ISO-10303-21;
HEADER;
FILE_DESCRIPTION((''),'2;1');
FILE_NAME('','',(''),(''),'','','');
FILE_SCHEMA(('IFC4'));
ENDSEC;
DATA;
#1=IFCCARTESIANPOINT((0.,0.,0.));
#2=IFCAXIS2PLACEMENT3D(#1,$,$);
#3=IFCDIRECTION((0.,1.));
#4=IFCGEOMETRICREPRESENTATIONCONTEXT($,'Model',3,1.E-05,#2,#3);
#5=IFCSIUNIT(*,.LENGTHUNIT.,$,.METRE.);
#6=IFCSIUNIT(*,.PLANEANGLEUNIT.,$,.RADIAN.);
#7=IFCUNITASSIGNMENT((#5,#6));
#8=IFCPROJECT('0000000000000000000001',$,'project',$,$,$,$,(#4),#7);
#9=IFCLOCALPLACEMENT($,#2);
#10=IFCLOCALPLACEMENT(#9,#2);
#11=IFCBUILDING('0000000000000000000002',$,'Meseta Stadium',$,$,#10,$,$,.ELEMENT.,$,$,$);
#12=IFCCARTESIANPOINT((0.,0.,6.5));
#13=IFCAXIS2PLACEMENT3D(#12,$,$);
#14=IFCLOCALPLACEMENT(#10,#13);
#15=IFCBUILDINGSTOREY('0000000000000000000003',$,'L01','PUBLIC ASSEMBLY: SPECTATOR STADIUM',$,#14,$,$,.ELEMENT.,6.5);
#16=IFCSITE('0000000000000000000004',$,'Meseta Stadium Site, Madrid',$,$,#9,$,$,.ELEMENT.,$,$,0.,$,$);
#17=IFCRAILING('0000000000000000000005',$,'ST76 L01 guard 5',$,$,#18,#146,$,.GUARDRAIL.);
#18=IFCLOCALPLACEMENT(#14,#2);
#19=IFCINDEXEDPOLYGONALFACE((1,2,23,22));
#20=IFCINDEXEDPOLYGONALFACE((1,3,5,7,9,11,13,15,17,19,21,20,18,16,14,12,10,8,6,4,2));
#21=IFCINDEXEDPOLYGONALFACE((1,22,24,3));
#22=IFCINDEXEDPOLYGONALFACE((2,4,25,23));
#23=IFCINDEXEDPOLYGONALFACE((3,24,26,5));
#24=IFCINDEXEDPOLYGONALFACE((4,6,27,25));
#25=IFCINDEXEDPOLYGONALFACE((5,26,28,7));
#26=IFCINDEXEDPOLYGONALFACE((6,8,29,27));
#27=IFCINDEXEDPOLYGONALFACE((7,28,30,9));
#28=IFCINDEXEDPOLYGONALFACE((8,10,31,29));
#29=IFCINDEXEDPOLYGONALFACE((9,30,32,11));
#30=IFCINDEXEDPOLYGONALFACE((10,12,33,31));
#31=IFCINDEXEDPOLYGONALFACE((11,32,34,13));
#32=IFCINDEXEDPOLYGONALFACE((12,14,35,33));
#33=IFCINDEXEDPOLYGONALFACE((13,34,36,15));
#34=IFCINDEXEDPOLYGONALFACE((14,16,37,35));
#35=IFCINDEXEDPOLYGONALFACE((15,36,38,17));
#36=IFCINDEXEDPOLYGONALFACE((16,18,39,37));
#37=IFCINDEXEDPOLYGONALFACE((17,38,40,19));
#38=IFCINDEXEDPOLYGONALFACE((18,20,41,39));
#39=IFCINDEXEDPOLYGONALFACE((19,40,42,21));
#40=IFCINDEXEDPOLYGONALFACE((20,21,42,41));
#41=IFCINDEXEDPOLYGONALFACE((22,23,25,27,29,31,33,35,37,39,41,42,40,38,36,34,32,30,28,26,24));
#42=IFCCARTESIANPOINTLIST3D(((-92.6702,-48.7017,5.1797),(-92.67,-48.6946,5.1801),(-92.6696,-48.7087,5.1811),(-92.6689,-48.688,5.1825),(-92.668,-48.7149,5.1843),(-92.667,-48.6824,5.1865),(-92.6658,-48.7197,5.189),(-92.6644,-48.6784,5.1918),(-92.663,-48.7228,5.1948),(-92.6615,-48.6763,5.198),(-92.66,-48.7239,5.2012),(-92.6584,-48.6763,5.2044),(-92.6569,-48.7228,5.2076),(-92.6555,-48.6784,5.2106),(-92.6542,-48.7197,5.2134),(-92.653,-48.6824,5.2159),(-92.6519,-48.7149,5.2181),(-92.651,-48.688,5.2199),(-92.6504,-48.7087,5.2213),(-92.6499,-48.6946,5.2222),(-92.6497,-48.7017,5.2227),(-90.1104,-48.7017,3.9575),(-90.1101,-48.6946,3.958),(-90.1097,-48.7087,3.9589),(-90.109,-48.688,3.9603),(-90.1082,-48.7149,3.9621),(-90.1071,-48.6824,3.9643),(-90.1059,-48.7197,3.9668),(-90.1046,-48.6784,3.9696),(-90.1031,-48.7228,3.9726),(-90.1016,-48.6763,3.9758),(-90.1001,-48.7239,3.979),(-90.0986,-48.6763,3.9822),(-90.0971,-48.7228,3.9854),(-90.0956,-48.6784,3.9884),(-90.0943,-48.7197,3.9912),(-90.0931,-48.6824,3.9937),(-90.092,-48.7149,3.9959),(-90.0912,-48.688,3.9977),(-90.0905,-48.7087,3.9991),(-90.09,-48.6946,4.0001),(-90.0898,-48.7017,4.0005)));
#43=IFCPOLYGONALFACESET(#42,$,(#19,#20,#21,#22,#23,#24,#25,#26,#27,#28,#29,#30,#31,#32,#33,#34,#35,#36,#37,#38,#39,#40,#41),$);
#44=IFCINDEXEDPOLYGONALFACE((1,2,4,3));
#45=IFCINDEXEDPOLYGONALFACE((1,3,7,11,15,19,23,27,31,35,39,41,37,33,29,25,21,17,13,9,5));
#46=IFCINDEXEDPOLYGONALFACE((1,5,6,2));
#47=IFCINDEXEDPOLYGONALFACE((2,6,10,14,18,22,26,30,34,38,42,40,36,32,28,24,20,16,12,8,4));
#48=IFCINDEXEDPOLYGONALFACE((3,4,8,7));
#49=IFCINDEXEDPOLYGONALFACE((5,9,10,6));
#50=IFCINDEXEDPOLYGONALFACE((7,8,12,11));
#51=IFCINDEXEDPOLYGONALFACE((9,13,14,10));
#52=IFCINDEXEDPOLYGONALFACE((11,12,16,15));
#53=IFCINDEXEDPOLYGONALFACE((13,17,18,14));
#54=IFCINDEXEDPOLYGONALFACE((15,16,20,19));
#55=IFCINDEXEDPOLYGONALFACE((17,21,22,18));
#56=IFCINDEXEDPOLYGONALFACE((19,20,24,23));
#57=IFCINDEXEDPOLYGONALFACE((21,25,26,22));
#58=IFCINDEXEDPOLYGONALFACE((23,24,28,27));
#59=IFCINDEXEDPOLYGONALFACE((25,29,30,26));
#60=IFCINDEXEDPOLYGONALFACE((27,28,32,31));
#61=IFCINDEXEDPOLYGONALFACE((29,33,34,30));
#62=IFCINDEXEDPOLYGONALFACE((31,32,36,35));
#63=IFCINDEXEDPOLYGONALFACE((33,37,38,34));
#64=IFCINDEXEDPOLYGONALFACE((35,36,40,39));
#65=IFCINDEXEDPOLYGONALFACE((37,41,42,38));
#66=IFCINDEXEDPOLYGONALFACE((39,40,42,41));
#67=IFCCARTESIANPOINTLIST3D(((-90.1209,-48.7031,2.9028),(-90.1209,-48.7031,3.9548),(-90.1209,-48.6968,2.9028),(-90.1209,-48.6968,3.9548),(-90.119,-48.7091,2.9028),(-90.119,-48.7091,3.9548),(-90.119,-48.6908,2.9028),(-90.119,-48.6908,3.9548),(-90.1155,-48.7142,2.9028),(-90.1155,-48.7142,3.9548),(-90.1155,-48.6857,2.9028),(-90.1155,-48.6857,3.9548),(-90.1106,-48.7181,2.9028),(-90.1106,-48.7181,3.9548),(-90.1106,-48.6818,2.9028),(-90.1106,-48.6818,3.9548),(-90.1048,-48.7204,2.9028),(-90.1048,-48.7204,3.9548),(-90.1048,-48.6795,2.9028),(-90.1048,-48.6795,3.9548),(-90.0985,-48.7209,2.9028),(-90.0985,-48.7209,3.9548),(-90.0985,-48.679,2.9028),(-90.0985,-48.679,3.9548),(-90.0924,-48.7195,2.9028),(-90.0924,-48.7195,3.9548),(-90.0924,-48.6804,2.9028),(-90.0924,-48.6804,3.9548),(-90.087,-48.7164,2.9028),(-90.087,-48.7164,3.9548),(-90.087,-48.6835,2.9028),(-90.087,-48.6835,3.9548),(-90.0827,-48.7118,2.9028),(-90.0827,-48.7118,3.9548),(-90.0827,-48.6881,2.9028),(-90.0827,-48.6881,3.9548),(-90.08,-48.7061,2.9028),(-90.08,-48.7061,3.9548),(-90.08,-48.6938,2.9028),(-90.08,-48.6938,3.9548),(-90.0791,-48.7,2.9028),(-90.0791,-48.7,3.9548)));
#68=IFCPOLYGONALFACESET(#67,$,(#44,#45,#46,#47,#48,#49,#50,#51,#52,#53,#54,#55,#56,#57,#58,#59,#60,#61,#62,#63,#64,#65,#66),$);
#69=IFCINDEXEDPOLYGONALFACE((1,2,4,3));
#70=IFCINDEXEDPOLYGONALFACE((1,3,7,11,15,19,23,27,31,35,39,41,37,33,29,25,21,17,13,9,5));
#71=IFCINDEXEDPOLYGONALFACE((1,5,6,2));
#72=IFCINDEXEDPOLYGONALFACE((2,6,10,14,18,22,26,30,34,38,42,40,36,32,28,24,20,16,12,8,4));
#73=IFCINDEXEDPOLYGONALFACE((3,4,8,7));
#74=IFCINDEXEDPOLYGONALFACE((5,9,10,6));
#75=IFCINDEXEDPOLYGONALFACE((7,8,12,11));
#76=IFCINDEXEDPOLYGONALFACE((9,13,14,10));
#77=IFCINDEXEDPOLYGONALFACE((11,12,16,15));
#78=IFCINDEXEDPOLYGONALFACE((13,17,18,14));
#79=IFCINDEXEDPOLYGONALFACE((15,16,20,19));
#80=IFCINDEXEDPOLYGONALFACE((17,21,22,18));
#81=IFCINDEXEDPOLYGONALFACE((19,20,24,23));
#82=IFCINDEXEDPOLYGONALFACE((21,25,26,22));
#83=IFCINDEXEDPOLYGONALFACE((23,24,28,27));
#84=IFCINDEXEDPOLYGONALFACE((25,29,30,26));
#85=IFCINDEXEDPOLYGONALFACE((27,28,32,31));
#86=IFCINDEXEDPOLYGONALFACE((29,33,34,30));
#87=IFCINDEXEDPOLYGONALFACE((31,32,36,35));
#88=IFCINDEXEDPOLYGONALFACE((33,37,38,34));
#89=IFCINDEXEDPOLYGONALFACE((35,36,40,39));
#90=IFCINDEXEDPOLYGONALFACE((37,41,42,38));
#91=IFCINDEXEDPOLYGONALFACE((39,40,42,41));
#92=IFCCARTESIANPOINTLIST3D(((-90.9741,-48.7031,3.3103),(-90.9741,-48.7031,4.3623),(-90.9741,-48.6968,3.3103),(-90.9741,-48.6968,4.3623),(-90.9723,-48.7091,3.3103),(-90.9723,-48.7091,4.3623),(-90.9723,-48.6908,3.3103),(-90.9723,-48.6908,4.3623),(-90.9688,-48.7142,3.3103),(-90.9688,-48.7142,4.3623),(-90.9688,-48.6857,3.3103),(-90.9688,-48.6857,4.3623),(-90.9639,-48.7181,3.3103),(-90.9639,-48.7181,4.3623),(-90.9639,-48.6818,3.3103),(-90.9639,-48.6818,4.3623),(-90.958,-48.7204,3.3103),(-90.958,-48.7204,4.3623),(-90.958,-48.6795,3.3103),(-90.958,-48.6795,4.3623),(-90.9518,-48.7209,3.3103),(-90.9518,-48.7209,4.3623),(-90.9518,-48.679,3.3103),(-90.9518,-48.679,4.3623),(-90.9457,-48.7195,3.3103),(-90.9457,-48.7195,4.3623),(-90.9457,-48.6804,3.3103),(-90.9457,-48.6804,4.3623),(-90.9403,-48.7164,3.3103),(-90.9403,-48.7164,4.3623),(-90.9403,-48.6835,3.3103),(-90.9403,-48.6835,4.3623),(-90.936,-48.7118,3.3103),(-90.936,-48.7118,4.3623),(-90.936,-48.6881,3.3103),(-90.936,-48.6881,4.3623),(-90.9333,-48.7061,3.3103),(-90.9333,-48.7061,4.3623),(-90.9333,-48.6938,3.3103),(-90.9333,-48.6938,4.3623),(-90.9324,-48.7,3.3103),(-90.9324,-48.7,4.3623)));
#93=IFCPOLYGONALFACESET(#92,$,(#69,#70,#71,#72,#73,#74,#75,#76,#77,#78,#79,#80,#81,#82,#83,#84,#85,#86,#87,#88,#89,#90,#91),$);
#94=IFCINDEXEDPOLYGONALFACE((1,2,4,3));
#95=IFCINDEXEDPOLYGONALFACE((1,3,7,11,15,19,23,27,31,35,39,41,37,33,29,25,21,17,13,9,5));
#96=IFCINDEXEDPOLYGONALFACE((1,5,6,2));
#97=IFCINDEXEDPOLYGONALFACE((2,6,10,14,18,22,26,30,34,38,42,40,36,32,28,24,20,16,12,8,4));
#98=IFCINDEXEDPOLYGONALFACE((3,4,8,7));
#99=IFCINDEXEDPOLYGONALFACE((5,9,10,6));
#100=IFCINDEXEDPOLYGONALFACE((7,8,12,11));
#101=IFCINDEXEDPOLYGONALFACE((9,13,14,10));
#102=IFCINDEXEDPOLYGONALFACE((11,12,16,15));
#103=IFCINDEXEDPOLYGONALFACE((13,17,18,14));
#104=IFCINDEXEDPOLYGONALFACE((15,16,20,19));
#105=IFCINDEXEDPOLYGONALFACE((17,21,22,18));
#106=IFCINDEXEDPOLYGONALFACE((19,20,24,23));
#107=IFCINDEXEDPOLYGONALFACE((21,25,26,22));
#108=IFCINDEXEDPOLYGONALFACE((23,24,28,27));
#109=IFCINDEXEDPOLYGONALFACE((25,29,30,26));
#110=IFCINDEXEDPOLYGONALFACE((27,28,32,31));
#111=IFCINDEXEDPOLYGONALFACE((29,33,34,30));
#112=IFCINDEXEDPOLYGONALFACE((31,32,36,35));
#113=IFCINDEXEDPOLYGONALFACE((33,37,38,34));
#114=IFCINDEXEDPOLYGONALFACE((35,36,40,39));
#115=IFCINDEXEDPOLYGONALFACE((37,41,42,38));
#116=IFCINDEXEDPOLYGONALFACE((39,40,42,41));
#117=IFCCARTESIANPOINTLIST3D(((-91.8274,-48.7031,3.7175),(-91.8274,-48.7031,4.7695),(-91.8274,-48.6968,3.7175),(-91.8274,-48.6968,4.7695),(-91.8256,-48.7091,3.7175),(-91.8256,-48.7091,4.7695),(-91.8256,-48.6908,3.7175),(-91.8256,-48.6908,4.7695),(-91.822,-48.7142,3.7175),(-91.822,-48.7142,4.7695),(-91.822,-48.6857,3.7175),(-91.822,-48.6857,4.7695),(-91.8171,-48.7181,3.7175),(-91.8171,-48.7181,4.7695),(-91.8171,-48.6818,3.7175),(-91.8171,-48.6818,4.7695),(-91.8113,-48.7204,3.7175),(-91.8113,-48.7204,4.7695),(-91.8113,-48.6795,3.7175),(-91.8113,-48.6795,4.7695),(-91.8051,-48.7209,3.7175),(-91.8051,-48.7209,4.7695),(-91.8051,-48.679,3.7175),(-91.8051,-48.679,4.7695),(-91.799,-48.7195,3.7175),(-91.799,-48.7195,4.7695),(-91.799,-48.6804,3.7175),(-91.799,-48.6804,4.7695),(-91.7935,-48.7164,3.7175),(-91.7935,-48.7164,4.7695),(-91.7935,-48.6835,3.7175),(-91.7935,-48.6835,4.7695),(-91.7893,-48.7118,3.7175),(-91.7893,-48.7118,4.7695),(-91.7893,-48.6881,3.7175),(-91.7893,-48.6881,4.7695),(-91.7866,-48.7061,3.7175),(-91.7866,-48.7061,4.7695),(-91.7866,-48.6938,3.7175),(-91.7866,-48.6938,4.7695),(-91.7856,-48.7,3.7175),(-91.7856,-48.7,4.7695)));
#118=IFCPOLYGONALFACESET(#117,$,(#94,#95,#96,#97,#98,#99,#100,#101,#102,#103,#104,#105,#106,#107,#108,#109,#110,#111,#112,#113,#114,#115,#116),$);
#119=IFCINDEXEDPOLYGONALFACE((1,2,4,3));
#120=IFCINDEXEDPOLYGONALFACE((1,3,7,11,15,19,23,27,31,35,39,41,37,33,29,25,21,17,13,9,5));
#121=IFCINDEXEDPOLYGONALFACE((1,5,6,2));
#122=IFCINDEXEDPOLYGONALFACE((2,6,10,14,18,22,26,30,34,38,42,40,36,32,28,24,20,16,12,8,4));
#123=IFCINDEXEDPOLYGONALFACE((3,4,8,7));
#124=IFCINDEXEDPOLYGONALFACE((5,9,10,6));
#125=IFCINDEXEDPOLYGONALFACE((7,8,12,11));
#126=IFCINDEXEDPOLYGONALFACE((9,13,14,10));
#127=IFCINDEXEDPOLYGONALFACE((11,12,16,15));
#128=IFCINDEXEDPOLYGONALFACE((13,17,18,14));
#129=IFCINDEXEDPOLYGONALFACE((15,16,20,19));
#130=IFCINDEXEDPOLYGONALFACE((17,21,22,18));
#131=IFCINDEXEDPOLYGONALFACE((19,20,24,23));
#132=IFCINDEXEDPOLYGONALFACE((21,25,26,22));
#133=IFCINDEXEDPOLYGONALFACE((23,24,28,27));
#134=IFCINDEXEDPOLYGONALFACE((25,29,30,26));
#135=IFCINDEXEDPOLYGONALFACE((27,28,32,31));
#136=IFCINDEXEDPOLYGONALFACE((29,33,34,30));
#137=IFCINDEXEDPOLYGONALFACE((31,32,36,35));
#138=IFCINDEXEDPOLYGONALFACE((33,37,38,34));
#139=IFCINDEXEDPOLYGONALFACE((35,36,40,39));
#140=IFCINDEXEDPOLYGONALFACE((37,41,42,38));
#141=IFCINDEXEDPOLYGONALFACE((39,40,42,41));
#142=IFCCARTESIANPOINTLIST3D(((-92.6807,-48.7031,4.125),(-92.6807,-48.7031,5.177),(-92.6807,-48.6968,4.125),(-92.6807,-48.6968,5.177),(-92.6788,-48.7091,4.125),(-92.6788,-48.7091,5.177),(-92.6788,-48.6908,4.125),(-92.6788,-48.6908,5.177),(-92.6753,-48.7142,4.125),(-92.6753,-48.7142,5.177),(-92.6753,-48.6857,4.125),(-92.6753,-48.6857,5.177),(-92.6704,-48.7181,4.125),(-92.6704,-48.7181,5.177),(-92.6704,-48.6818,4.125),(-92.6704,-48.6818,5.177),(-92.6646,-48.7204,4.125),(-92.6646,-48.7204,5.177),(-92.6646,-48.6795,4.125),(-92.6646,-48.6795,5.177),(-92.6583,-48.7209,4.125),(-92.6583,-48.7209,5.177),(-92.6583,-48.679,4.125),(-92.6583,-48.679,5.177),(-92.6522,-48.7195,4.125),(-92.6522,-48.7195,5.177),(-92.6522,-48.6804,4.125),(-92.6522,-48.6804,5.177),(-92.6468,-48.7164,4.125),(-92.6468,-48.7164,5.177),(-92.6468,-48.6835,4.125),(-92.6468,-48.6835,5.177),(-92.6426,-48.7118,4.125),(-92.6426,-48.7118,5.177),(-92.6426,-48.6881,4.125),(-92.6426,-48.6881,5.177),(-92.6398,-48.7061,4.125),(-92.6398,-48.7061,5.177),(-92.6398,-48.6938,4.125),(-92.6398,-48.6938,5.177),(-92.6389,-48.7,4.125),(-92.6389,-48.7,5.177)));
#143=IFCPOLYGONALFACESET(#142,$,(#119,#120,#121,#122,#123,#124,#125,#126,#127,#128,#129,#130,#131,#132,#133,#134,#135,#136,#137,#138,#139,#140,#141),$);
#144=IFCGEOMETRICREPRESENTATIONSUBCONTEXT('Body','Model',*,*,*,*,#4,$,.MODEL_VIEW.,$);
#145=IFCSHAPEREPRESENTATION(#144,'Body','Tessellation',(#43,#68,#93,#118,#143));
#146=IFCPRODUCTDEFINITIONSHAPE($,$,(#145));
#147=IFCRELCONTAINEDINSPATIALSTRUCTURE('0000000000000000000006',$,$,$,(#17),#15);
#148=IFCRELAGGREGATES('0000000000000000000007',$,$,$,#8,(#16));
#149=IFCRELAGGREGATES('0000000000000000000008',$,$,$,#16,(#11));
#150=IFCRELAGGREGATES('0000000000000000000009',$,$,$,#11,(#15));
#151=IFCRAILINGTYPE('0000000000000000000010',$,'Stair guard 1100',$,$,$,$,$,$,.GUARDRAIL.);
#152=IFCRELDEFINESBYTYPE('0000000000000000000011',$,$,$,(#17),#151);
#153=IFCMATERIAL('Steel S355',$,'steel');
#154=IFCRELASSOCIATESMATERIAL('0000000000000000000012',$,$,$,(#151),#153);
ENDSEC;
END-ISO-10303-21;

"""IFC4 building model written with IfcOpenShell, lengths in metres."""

from ifc_helpers import new_model, si_unit, direction, frame, origin, origin_2d, place, context, subcontext, project, spatial, circle, extrude, material, type_object, element, save


model = new_model("IFC4")

# Units and contexts
model_context = context("Model", 3, precision=1e-05, world=origin(), true_north=direction((0.0, 1.0)))
body_context = subcontext(model_context, "Body", "Model", "MODEL_VIEW")
ifc_project = project(units=[si_unit("LENGTHUNIT", "METRE"), si_unit("PLANEANGLEUNIT", "RADIAN")], contexts=[model_context])

# Site, building, storey
site_placement = place(None, origin())
site = spatial("IfcSite", under=ifc_project, at=site_placement, Name="Meseta Stadium Site, Madrid", CompositionType="ELEMENT", RefElevation=0.0)
building_placement = place(site_placement, origin())
building = spatial("IfcBuilding", under=site, at=building_placement, Name="Meseta Stadium", CompositionType="ELEMENT")
storey_placement = place(building_placement, frame((0.0, 0.0, 6.5)))
storey = spatial("IfcBuildingStorey", under=building, at=storey_placement, Name="L01", Description="PUBLIC ASSEMBLY: SPECTATOR STADIUM", CompositionType="ELEMENT", Elevation=6.5)

# Railing
ifc_material_1 = material(Name="Steel S355", Category="steel")
railing_type_1 = type_object("IfcRailingType", Name="Stair guard 1100", PredefinedType="GUARDRAIL", material=ifc_material_1)
railing_1_placement = place(storey_placement, frame((-90.1001, -48.7, 2.9028)))
element("IfcRailing", 1, at=railing_1_placement, inside=storey, type_object=railing_type_1, Name="ST76 L01 guard 5", PredefinedType="GUARDRAIL", context=body_context, shape_type="SweptSolid", body=[
    extrude(circle(Radius=0.0239, at=origin_2d()), frame((0.0, 0.0, 1.0762), z_axis=(-0.902421, 0.0, 0.430855), x_axis=(0.0, -1.0, 0.0)), (0.0, 0.0, 1.0), 2.8367),
    extrude(circle(Radius=0.021, at=origin_2d()), origin(), (0.0, 0.0, 1.0), 1.052),
    extrude(circle(Radius=0.021, at=origin_2d()), frame((-0.8533, 0.0, 0.4075)), (0.0, 0.0, 1.0), 1.052),
    extrude(circle(Radius=0.021, at=origin_2d()), frame((-1.7065, 0.0, 0.8147)), (0.0, 0.0, 1.0), 1.052),
    extrude(circle(Radius=0.021, at=origin_2d()), frame((-2.5598, 0.0, 1.2222)), (0.0, 0.0, 1.0), 1.052),
])

save(model, "model.ifc")
